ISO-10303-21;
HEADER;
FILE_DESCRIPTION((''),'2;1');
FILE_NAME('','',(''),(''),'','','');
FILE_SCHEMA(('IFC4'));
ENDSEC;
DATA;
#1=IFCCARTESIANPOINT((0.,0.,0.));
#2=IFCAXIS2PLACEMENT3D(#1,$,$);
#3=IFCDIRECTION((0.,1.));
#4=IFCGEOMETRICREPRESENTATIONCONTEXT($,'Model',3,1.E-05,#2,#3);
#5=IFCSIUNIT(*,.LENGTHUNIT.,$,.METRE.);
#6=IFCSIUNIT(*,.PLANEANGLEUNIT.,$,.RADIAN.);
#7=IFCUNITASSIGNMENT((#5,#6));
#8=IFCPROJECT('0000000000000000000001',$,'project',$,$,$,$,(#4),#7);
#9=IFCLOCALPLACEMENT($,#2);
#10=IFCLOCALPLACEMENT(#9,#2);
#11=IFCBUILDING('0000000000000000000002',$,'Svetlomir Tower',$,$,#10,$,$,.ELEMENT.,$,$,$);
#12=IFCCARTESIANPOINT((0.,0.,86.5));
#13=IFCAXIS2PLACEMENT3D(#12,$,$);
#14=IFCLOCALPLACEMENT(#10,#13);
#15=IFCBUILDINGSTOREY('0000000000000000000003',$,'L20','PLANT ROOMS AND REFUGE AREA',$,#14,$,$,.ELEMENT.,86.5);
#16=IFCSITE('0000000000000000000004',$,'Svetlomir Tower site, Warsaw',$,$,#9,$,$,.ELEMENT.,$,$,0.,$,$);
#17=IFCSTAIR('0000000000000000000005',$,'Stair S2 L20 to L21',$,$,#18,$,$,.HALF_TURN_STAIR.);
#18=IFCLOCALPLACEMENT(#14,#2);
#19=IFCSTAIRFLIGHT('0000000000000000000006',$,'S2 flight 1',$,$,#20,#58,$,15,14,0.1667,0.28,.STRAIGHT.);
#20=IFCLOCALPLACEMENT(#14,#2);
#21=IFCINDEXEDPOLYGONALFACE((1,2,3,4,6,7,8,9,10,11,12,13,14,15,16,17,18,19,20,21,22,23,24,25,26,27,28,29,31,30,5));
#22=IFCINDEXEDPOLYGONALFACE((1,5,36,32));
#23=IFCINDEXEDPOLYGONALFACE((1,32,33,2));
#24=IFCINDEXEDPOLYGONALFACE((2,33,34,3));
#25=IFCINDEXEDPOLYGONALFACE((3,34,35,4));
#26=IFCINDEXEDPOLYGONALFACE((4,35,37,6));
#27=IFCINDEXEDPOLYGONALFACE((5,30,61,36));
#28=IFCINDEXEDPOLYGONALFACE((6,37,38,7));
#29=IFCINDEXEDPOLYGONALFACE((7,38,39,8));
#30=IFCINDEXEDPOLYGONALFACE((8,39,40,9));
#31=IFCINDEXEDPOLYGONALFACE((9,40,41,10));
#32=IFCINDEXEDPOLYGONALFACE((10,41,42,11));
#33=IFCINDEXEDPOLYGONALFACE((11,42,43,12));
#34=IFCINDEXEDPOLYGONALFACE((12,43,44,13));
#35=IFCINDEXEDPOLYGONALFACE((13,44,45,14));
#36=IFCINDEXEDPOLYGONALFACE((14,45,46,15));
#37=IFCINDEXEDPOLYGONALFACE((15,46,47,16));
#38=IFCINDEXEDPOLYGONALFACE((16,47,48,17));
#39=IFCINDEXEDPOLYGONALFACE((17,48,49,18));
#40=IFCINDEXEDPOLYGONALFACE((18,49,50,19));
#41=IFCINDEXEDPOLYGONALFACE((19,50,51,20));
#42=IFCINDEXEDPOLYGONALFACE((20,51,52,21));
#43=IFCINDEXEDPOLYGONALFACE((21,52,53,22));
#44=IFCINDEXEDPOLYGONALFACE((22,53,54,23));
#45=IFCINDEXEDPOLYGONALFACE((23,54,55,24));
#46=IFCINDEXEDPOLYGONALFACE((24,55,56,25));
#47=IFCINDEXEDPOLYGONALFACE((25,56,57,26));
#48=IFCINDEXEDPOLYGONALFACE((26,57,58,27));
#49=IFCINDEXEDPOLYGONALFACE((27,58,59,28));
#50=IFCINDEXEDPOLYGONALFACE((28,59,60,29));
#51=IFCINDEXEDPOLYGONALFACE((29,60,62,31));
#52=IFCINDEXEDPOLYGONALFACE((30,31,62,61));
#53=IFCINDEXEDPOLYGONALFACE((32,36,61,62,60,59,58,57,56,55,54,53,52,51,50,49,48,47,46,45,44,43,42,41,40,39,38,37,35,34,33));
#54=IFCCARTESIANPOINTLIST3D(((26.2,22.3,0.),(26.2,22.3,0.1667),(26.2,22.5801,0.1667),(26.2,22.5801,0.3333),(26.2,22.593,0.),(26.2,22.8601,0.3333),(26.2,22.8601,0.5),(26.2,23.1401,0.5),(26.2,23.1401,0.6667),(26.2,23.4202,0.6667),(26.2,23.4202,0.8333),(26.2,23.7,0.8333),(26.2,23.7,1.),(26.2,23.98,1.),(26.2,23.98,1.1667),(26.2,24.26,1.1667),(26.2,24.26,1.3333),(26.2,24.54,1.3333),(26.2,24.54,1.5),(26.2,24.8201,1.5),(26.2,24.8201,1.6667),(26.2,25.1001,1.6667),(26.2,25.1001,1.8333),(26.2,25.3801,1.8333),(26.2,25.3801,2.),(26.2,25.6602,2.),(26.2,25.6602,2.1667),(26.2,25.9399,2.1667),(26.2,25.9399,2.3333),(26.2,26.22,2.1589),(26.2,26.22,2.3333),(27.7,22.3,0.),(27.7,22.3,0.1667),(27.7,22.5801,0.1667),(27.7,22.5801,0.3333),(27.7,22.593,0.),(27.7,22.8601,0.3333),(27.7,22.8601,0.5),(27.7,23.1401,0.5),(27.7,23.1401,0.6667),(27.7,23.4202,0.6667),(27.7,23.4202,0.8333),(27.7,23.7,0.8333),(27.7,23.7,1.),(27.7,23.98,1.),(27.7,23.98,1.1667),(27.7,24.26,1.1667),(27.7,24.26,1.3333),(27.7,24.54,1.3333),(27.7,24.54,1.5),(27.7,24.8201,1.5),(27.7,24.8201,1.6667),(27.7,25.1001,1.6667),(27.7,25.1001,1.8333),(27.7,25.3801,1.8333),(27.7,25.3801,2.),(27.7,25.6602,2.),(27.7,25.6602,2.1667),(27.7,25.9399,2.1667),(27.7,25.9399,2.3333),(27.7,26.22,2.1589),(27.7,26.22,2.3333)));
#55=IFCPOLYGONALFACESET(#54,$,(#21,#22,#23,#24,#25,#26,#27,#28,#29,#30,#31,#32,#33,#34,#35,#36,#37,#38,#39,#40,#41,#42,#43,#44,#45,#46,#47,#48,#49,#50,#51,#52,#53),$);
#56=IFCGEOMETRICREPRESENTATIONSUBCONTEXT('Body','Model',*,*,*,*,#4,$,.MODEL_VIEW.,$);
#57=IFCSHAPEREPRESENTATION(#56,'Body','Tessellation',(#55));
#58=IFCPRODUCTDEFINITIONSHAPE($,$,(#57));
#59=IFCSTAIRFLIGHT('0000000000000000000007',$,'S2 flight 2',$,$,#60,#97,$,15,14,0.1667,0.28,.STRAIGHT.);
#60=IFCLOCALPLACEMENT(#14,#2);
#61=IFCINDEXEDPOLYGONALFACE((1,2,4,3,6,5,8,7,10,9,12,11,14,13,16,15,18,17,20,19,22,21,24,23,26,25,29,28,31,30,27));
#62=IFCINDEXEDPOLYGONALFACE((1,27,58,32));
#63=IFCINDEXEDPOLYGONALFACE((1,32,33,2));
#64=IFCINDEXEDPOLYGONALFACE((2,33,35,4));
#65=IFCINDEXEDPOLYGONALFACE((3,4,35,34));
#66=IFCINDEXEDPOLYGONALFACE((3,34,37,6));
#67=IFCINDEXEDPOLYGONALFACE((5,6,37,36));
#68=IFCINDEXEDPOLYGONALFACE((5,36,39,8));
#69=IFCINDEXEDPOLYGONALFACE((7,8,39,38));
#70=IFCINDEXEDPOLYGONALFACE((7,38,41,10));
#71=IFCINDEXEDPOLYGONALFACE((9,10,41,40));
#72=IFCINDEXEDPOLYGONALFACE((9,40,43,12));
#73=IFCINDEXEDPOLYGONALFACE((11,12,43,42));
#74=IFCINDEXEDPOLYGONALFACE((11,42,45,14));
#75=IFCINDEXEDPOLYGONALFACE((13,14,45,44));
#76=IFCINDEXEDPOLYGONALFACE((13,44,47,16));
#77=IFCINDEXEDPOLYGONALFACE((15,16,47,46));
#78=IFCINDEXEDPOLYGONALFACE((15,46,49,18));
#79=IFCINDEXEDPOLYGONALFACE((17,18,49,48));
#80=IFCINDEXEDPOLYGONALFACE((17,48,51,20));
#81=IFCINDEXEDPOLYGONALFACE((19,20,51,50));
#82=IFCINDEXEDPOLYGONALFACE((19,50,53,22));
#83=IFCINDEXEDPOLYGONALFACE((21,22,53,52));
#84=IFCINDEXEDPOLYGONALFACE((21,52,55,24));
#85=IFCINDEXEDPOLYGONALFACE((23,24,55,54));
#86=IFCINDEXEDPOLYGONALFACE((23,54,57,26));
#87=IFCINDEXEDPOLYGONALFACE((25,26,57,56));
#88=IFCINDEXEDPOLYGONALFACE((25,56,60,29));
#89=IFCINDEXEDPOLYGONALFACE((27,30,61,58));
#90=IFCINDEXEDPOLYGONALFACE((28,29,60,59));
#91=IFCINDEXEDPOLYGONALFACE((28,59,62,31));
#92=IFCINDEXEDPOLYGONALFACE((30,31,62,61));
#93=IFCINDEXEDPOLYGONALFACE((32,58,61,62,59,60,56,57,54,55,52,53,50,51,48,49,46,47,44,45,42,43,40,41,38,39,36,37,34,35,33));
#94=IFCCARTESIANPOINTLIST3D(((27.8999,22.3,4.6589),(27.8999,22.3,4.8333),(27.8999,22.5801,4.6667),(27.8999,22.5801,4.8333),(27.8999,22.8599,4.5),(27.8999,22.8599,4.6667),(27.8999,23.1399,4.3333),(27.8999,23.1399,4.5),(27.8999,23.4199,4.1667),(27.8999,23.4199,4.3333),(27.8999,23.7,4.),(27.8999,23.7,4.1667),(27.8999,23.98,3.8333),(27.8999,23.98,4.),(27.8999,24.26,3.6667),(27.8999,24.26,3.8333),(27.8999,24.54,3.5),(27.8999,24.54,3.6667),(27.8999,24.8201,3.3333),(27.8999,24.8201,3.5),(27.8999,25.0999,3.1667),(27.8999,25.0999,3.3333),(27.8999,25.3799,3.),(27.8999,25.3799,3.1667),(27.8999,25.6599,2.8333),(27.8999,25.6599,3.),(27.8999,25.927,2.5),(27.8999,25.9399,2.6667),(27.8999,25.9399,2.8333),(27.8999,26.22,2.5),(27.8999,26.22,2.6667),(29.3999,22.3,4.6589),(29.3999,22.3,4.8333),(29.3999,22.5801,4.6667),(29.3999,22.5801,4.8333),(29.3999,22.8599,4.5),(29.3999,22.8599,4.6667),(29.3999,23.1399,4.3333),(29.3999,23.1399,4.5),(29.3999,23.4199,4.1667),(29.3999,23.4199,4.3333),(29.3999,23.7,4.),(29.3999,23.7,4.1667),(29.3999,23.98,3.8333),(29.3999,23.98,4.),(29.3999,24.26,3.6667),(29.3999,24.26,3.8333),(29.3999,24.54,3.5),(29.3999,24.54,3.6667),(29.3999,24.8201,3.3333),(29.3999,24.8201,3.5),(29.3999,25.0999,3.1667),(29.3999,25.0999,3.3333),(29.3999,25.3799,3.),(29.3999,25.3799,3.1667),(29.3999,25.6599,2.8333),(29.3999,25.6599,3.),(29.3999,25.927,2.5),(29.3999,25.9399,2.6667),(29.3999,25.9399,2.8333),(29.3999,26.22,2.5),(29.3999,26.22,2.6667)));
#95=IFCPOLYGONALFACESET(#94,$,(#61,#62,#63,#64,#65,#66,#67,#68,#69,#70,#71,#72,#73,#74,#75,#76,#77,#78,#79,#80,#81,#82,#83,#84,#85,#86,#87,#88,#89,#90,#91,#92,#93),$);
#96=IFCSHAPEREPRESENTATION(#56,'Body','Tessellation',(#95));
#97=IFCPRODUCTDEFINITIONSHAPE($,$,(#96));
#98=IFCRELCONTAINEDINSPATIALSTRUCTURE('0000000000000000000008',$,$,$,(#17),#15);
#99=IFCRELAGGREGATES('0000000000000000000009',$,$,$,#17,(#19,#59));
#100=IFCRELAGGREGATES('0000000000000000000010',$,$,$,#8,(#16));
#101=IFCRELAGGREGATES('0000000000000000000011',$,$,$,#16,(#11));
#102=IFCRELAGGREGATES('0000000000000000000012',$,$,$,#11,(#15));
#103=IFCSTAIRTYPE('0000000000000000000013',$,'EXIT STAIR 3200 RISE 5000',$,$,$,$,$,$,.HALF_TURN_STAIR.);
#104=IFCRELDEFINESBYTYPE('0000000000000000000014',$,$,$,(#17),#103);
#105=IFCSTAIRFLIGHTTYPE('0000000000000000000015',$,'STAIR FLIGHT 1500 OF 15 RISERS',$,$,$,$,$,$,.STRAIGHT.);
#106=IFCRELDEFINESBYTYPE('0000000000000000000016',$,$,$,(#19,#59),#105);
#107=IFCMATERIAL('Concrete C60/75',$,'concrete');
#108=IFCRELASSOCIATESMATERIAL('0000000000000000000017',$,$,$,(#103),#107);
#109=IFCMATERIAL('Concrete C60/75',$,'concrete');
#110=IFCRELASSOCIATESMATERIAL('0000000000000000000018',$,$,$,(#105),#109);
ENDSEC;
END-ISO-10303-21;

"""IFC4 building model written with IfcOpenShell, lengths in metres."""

from ifc_helpers import new_model, si_unit, direction, frame, origin, place, context, subcontext, project, spatial, polyline, outline, extrude, material, type_object, element, aggregate, save


model = new_model("IFC4")

# Units and contexts
model_context = context("Model", 3, precision=1e-05, world=origin(), true_north=direction((0.0, 1.0)))
body_context = subcontext(model_context, "Body", "Model", "MODEL_VIEW")
ifc_project = project(units=[si_unit("LENGTHUNIT", "METRE"), si_unit("PLANEANGLEUNIT", "RADIAN")], contexts=[model_context])

# Site, building, storey
site_placement = place(None, origin())
site = spatial("IfcSite", under=ifc_project, at=site_placement, Name="Svetlomir Tower site, Warsaw", CompositionType="ELEMENT", RefElevation=0.0)
building_placement = place(site_placement, origin())
building = spatial("IfcBuilding", under=site, at=building_placement, Name="Svetlomir Tower", CompositionType="ELEMENT")
storey_placement = place(building_placement, frame((0.0, 0.0, 86.5)))
storey = spatial("IfcBuildingStorey", under=building, at=storey_placement, Name="L20", Description="PLANT ROOMS AND REFUGE AREA", CompositionType="ELEMENT", Elevation=86.5)

# Stair, stair flights
ifc_material_1 = material(Name="Concrete C60/75", Category="concrete")
stair_type = type_object("IfcStairType", Name="EXIT STAIR 3200 RISE 5000", PredefinedType="HALF_TURN_STAIR", material=ifc_material_1)
stair_placement = place(storey_placement, origin())
stair = element("IfcStair", 1, at=stair_placement, inside=storey, type_object=stair_type, Name="Stair S2 L20 to L21", PredefinedType="HALF_TURN_STAIR")
ifc_material_2 = material(Name="Concrete C60/75", Category="concrete")
stair_flight_type = type_object("IfcStairFlightType", Name="STAIR FLIGHT 1500 OF 15 RISERS", PredefinedType="STRAIGHT", material=ifc_material_2)
stair_flight_1_placement = place(storey_placement, frame((26.95, 22.3, 0.0), z_axis=(0.0, 0.0, 1.0), x_axis=(0.0, 1.0, 0.0)))
stair_flight_1 = element("IfcStairFlight", 2, at=stair_flight_1_placement, type_object=stair_flight_type, Name="S2 flight 1", NumberOfRisers=15, NumberOfTreads=14, PredefinedType="STRAIGHT", RiserHeight=0.1667, TreadLength=0.28, context=body_context, shape_type="SweptSolid", body=[
    extrude(outline(polyline([(0.0, 0.0), (0.0, 0.1667), (0.28, 0.1667), (0.28, 0.3333), (0.5601, 0.3333), (0.5601, 0.5), (0.8401, 0.5), (0.8401, 0.6667), (1.1201, 0.6667), (1.1201, 0.8333), (1.3999, 0.8333), (1.3999, 1.0), (1.6799, 1.0), (1.6799, 1.1667), (1.96, 1.1667), (1.96, 1.3333), (2.24, 1.3333), (2.24, 1.5), (2.52, 1.5), (2.52, 1.6667), (2.8, 1.6667), (2.8, 1.8333), (3.0801, 1.8333), (3.0801, 2.0), (3.3601, 2.0), (3.3601, 2.1667), (3.6399, 2.1667), (3.6399, 2.3333), (3.9199, 2.3333), (3.9199, 2.5), (3.9199, 2.1589), (0.293, 0.0), (0.0, 0.0)])), frame((0.0, 0.75, 0.0), z_axis=(0.0, -1.0, 0.0), x_axis=(1.0, 0.0, 0.0)), (0.0, 0.0, 1.0), 1.5),
])
stair_flight_2_placement = place(storey_placement, frame((28.6499, 26.22, 2.5), z_axis=(0.0, 0.0, 1.0), x_axis=(0.0, -1.0, 0.0)))
stair_flight_2 = element("IfcStairFlight", 3, at=stair_flight_2_placement, type_object=stair_flight_type, Name="S2 flight 2", NumberOfRisers=15, NumberOfTreads=14, PredefinedType="STRAIGHT", RiserHeight=0.1667, TreadLength=0.28, context=body_context, shape_type="SweptSolid", body=[
    extrude(outline(polyline([(0.0, 0.0), (0.0, 0.1667), (0.28, 0.1667), (0.28, 0.3333), (0.5601, 0.3333), (0.5601, 0.5), (0.8401, 0.5), (0.8401, 0.6667), (1.1201, 0.6667), (1.1201, 0.8333), (1.3999, 0.8333), (1.3999, 1.0), (1.6799, 1.0), (1.6799, 1.1667), (1.96, 1.1667), (1.96, 1.3333), (2.24, 1.3333), (2.24, 1.5), (2.52, 1.5), (2.52, 1.6667), (2.8, 1.6667), (2.8, 1.8333), (3.0801, 1.8333), (3.0801, 2.0), (3.3601, 2.0), (3.3601, 2.1667), (3.6399, 2.1667), (3.6399, 2.3333), (3.9199, 2.3333), (3.9199, 2.5), (3.9199, 2.1589), (0.293, 0.0), (0.0, 0.0)])), frame((0.0, 0.75, 0.0), z_axis=(0.0, -1.0, 0.0), x_axis=(1.0, 0.0, 0.0)), (0.0, 0.0, 1.0), 1.5),
])
aggregate(stair, [stair_flight_1, stair_flight_2])

save(model, "model.ifc")
